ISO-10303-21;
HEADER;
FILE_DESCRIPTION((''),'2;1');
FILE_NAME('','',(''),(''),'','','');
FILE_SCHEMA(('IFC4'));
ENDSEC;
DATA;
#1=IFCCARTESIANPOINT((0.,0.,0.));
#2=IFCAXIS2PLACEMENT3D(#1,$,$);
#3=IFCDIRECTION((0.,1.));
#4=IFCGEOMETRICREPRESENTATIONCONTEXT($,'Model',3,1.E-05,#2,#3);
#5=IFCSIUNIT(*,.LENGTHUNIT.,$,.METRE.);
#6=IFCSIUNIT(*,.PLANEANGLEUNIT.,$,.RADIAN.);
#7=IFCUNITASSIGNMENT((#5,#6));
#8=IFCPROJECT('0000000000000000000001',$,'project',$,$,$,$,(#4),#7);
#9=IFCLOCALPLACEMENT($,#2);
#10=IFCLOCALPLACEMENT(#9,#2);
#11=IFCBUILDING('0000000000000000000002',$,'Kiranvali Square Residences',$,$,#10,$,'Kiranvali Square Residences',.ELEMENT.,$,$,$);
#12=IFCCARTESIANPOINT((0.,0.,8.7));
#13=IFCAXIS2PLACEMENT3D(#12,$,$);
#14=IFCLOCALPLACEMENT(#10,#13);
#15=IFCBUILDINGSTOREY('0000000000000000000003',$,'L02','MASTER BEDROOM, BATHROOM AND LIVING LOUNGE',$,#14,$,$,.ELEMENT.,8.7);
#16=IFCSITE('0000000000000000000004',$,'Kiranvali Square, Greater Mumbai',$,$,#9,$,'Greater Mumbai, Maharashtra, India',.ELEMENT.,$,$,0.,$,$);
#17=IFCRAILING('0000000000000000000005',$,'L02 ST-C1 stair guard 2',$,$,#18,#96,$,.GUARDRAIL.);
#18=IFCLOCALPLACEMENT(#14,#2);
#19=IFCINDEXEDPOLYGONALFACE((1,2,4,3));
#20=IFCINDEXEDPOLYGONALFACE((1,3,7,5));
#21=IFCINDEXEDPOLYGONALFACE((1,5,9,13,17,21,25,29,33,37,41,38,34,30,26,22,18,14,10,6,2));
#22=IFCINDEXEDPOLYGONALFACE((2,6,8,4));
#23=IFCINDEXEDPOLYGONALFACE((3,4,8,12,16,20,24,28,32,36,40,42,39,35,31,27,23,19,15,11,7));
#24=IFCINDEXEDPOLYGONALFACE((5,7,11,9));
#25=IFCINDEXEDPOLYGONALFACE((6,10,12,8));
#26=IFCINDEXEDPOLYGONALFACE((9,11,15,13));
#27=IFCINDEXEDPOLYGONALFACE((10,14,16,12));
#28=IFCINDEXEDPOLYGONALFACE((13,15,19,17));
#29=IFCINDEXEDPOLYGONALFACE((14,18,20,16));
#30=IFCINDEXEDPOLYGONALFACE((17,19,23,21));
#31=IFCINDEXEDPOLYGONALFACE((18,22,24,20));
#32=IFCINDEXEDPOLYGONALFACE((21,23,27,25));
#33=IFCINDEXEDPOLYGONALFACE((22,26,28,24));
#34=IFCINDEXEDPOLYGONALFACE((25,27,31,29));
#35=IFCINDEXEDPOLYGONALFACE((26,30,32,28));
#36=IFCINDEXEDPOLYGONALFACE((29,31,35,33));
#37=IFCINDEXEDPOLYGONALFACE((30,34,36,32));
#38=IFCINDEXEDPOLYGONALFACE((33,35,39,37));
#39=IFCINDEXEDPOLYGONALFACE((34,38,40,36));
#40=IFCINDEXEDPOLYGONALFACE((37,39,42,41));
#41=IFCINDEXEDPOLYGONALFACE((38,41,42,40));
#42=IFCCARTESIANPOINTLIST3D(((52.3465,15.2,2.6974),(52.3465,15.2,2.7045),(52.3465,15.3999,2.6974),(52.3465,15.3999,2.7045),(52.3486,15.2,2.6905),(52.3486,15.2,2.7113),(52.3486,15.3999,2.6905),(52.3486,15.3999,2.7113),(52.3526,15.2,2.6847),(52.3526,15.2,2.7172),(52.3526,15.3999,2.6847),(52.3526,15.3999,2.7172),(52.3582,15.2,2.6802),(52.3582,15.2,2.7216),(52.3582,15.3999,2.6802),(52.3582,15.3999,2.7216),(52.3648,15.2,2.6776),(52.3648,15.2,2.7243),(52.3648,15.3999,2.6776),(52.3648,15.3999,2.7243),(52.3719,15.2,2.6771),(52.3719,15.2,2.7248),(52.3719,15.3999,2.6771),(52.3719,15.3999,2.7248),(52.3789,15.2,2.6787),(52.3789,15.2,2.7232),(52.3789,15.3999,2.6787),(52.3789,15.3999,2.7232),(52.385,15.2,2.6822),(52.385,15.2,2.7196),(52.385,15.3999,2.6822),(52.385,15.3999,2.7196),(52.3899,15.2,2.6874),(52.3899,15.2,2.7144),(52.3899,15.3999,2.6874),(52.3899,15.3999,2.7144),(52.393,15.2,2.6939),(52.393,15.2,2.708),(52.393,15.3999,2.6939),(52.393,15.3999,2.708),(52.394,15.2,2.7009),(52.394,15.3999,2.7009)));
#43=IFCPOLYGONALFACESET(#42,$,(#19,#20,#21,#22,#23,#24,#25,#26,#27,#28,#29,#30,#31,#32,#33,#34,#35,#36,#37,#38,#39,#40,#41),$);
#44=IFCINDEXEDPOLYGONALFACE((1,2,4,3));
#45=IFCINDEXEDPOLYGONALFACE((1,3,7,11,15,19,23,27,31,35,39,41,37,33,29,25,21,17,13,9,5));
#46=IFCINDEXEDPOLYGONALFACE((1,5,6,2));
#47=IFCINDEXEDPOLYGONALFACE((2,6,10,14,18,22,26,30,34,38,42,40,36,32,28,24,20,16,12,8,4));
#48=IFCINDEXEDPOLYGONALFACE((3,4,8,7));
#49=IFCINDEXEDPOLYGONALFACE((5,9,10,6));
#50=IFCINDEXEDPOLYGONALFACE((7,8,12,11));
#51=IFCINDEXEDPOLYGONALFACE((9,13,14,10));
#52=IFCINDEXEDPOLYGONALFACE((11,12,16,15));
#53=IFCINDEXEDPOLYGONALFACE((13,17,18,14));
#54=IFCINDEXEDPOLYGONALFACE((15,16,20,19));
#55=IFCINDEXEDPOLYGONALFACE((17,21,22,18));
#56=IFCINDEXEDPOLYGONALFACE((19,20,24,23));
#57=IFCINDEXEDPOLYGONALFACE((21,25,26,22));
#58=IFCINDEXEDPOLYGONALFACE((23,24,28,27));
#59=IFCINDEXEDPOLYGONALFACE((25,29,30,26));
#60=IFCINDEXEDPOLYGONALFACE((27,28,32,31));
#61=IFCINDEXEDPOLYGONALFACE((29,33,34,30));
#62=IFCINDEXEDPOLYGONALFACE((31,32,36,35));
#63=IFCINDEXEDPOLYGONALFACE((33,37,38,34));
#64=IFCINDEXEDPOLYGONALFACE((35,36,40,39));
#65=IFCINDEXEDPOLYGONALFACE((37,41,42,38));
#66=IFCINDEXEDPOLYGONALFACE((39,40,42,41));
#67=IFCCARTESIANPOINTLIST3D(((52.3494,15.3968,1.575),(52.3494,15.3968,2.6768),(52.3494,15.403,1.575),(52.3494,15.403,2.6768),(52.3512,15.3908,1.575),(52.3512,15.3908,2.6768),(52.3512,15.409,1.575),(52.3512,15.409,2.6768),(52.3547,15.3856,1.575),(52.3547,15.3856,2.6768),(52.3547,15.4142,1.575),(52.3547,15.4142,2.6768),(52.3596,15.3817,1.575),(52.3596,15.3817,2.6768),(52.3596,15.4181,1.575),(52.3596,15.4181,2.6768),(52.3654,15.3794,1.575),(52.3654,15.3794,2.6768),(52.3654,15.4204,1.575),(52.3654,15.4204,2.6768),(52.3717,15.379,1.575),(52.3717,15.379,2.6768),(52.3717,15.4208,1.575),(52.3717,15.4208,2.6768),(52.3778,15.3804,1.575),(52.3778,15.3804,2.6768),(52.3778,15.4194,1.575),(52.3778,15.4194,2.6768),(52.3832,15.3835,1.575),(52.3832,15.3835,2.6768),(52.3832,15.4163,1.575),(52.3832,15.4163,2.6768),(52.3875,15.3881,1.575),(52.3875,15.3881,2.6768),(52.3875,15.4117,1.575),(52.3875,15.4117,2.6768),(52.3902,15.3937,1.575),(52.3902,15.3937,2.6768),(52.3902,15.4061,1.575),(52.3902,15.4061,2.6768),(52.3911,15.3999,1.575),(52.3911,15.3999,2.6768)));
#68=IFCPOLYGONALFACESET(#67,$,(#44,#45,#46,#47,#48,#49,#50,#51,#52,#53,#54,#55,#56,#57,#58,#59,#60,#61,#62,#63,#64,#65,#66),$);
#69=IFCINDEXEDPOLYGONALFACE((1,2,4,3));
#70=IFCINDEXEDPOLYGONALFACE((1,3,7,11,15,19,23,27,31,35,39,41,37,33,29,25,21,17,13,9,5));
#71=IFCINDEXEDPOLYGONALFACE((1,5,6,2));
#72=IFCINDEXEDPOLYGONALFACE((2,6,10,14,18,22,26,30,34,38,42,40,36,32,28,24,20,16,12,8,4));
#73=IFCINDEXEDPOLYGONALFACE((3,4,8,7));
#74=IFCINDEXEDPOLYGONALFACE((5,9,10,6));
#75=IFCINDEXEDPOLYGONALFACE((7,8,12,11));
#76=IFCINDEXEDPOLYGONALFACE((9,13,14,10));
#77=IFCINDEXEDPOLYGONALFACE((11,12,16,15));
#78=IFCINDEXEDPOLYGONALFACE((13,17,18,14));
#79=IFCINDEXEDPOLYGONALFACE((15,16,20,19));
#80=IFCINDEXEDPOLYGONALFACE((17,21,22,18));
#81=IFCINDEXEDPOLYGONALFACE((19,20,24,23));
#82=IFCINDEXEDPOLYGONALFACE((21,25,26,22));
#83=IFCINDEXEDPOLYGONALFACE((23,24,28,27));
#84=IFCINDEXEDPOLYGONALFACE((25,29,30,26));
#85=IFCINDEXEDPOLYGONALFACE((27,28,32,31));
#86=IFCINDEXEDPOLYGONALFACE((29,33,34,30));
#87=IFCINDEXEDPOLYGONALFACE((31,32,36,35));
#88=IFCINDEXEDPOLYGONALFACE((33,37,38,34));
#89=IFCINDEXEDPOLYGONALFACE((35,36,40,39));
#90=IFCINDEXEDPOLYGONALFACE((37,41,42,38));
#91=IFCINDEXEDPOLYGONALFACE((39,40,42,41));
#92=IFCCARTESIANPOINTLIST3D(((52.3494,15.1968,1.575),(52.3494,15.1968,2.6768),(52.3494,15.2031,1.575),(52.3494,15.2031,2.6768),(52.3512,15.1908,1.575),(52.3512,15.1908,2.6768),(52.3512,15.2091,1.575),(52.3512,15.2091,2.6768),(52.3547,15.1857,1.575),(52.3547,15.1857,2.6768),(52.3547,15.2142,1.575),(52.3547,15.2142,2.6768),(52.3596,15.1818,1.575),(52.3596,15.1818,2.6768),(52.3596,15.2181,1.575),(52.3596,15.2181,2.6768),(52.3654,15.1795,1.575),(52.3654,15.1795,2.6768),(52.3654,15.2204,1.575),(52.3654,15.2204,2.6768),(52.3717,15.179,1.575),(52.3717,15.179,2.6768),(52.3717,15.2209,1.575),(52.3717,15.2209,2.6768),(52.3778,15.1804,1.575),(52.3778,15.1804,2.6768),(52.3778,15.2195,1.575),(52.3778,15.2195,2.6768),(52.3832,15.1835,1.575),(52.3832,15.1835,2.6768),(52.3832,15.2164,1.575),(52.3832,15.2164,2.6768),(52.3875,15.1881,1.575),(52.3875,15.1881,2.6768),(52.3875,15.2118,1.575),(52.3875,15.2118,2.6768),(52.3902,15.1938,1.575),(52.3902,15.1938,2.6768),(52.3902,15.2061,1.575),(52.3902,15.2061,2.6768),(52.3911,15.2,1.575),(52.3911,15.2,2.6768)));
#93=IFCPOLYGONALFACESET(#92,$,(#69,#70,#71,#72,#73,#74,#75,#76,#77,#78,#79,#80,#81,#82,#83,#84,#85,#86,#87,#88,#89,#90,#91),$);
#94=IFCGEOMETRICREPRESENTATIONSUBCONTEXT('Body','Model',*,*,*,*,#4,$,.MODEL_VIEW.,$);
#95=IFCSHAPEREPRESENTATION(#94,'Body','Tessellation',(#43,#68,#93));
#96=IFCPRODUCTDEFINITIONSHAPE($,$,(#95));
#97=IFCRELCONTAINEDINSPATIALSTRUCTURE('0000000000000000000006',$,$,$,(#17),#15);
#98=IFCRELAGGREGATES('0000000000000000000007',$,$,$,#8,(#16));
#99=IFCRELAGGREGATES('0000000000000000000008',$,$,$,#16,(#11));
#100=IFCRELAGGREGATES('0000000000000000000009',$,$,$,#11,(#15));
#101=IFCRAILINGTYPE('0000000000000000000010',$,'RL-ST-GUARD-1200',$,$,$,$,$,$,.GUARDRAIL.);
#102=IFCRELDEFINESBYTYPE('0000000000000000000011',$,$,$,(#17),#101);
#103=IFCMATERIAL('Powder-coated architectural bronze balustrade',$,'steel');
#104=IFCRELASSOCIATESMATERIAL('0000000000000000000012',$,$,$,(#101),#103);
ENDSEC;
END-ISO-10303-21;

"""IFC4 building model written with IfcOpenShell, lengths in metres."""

from ifc_helpers import new_model, si_unit, direction, frame, origin, origin_2d, place, context, subcontext, project, spatial, circle, extrude, material, type_object, element, save


model = new_model("IFC4")

# Units and contexts
model_context = context("Model", 3, precision=1e-05, world=origin(), true_north=direction((0.0, 1.0)))
body_context = subcontext(model_context, "Body", "Model", "MODEL_VIEW")
ifc_project = project(units=[si_unit("LENGTHUNIT", "METRE"), si_unit("PLANEANGLEUNIT", "RADIAN")], contexts=[model_context])

# Site, building, storey
site_placement = place(None, origin())
site = spatial("IfcSite", under=ifc_project, at=site_placement, Name="Kiranvali Square, Greater Mumbai", LongName="Greater Mumbai, Maharashtra, India", CompositionType="ELEMENT", RefElevation=0.0)
building_placement = place(site_placement, origin())
building = spatial("IfcBuilding", under=site, at=building_placement, Name="Kiranvali Square Residences", LongName="Kiranvali Square Residences", CompositionType="ELEMENT")
storey_placement = place(building_placement, frame((0.0, 0.0, 8.7)))
storey = spatial("IfcBuildingStorey", under=building, at=storey_placement, Name="L02", Description="MASTER BEDROOM, BATHROOM AND LIVING LOUNGE", CompositionType="ELEMENT", Elevation=8.7)

# Railing
ifc_material_1 = material(Name="Powder-coated architectural bronze balustrade", Category="steel")
railing_type_1 = type_object("IfcRailingType", Name="RL-ST-GUARD-1200", PredefinedType="GUARDRAIL", material=ifc_material_1)
railing_1_placement = place(storey_placement, frame((52.3701, 15.3999, 1.575)))
element("IfcRailing", 1, at=railing_1_placement, inside=storey, type_object=railing_type_1, Name="L02 ST-C1 stair guard 2", PredefinedType="GUARDRAIL", context=body_context, shape_type="SweptSolid", body=[
    extrude(circle(Radius=0.0239, at=origin_2d()), frame((0.0, 0.0, 1.126), z_axis=(0.0, -1.0, 0.0), x_axis=(1.0, 0.0, 0.0)), (0.0, 0.0, 1.0), 0.2),
    extrude(circle(Radius=0.021, at=origin_2d()), origin(), (0.0, 0.0, 1.0), 1.1018),
    extrude(circle(Radius=0.021, at=origin_2d()), frame((0.0, -0.2, 0.0)), (0.0, 0.0, 1.0), 1.1018),
])

save(model, "model.ifc")
